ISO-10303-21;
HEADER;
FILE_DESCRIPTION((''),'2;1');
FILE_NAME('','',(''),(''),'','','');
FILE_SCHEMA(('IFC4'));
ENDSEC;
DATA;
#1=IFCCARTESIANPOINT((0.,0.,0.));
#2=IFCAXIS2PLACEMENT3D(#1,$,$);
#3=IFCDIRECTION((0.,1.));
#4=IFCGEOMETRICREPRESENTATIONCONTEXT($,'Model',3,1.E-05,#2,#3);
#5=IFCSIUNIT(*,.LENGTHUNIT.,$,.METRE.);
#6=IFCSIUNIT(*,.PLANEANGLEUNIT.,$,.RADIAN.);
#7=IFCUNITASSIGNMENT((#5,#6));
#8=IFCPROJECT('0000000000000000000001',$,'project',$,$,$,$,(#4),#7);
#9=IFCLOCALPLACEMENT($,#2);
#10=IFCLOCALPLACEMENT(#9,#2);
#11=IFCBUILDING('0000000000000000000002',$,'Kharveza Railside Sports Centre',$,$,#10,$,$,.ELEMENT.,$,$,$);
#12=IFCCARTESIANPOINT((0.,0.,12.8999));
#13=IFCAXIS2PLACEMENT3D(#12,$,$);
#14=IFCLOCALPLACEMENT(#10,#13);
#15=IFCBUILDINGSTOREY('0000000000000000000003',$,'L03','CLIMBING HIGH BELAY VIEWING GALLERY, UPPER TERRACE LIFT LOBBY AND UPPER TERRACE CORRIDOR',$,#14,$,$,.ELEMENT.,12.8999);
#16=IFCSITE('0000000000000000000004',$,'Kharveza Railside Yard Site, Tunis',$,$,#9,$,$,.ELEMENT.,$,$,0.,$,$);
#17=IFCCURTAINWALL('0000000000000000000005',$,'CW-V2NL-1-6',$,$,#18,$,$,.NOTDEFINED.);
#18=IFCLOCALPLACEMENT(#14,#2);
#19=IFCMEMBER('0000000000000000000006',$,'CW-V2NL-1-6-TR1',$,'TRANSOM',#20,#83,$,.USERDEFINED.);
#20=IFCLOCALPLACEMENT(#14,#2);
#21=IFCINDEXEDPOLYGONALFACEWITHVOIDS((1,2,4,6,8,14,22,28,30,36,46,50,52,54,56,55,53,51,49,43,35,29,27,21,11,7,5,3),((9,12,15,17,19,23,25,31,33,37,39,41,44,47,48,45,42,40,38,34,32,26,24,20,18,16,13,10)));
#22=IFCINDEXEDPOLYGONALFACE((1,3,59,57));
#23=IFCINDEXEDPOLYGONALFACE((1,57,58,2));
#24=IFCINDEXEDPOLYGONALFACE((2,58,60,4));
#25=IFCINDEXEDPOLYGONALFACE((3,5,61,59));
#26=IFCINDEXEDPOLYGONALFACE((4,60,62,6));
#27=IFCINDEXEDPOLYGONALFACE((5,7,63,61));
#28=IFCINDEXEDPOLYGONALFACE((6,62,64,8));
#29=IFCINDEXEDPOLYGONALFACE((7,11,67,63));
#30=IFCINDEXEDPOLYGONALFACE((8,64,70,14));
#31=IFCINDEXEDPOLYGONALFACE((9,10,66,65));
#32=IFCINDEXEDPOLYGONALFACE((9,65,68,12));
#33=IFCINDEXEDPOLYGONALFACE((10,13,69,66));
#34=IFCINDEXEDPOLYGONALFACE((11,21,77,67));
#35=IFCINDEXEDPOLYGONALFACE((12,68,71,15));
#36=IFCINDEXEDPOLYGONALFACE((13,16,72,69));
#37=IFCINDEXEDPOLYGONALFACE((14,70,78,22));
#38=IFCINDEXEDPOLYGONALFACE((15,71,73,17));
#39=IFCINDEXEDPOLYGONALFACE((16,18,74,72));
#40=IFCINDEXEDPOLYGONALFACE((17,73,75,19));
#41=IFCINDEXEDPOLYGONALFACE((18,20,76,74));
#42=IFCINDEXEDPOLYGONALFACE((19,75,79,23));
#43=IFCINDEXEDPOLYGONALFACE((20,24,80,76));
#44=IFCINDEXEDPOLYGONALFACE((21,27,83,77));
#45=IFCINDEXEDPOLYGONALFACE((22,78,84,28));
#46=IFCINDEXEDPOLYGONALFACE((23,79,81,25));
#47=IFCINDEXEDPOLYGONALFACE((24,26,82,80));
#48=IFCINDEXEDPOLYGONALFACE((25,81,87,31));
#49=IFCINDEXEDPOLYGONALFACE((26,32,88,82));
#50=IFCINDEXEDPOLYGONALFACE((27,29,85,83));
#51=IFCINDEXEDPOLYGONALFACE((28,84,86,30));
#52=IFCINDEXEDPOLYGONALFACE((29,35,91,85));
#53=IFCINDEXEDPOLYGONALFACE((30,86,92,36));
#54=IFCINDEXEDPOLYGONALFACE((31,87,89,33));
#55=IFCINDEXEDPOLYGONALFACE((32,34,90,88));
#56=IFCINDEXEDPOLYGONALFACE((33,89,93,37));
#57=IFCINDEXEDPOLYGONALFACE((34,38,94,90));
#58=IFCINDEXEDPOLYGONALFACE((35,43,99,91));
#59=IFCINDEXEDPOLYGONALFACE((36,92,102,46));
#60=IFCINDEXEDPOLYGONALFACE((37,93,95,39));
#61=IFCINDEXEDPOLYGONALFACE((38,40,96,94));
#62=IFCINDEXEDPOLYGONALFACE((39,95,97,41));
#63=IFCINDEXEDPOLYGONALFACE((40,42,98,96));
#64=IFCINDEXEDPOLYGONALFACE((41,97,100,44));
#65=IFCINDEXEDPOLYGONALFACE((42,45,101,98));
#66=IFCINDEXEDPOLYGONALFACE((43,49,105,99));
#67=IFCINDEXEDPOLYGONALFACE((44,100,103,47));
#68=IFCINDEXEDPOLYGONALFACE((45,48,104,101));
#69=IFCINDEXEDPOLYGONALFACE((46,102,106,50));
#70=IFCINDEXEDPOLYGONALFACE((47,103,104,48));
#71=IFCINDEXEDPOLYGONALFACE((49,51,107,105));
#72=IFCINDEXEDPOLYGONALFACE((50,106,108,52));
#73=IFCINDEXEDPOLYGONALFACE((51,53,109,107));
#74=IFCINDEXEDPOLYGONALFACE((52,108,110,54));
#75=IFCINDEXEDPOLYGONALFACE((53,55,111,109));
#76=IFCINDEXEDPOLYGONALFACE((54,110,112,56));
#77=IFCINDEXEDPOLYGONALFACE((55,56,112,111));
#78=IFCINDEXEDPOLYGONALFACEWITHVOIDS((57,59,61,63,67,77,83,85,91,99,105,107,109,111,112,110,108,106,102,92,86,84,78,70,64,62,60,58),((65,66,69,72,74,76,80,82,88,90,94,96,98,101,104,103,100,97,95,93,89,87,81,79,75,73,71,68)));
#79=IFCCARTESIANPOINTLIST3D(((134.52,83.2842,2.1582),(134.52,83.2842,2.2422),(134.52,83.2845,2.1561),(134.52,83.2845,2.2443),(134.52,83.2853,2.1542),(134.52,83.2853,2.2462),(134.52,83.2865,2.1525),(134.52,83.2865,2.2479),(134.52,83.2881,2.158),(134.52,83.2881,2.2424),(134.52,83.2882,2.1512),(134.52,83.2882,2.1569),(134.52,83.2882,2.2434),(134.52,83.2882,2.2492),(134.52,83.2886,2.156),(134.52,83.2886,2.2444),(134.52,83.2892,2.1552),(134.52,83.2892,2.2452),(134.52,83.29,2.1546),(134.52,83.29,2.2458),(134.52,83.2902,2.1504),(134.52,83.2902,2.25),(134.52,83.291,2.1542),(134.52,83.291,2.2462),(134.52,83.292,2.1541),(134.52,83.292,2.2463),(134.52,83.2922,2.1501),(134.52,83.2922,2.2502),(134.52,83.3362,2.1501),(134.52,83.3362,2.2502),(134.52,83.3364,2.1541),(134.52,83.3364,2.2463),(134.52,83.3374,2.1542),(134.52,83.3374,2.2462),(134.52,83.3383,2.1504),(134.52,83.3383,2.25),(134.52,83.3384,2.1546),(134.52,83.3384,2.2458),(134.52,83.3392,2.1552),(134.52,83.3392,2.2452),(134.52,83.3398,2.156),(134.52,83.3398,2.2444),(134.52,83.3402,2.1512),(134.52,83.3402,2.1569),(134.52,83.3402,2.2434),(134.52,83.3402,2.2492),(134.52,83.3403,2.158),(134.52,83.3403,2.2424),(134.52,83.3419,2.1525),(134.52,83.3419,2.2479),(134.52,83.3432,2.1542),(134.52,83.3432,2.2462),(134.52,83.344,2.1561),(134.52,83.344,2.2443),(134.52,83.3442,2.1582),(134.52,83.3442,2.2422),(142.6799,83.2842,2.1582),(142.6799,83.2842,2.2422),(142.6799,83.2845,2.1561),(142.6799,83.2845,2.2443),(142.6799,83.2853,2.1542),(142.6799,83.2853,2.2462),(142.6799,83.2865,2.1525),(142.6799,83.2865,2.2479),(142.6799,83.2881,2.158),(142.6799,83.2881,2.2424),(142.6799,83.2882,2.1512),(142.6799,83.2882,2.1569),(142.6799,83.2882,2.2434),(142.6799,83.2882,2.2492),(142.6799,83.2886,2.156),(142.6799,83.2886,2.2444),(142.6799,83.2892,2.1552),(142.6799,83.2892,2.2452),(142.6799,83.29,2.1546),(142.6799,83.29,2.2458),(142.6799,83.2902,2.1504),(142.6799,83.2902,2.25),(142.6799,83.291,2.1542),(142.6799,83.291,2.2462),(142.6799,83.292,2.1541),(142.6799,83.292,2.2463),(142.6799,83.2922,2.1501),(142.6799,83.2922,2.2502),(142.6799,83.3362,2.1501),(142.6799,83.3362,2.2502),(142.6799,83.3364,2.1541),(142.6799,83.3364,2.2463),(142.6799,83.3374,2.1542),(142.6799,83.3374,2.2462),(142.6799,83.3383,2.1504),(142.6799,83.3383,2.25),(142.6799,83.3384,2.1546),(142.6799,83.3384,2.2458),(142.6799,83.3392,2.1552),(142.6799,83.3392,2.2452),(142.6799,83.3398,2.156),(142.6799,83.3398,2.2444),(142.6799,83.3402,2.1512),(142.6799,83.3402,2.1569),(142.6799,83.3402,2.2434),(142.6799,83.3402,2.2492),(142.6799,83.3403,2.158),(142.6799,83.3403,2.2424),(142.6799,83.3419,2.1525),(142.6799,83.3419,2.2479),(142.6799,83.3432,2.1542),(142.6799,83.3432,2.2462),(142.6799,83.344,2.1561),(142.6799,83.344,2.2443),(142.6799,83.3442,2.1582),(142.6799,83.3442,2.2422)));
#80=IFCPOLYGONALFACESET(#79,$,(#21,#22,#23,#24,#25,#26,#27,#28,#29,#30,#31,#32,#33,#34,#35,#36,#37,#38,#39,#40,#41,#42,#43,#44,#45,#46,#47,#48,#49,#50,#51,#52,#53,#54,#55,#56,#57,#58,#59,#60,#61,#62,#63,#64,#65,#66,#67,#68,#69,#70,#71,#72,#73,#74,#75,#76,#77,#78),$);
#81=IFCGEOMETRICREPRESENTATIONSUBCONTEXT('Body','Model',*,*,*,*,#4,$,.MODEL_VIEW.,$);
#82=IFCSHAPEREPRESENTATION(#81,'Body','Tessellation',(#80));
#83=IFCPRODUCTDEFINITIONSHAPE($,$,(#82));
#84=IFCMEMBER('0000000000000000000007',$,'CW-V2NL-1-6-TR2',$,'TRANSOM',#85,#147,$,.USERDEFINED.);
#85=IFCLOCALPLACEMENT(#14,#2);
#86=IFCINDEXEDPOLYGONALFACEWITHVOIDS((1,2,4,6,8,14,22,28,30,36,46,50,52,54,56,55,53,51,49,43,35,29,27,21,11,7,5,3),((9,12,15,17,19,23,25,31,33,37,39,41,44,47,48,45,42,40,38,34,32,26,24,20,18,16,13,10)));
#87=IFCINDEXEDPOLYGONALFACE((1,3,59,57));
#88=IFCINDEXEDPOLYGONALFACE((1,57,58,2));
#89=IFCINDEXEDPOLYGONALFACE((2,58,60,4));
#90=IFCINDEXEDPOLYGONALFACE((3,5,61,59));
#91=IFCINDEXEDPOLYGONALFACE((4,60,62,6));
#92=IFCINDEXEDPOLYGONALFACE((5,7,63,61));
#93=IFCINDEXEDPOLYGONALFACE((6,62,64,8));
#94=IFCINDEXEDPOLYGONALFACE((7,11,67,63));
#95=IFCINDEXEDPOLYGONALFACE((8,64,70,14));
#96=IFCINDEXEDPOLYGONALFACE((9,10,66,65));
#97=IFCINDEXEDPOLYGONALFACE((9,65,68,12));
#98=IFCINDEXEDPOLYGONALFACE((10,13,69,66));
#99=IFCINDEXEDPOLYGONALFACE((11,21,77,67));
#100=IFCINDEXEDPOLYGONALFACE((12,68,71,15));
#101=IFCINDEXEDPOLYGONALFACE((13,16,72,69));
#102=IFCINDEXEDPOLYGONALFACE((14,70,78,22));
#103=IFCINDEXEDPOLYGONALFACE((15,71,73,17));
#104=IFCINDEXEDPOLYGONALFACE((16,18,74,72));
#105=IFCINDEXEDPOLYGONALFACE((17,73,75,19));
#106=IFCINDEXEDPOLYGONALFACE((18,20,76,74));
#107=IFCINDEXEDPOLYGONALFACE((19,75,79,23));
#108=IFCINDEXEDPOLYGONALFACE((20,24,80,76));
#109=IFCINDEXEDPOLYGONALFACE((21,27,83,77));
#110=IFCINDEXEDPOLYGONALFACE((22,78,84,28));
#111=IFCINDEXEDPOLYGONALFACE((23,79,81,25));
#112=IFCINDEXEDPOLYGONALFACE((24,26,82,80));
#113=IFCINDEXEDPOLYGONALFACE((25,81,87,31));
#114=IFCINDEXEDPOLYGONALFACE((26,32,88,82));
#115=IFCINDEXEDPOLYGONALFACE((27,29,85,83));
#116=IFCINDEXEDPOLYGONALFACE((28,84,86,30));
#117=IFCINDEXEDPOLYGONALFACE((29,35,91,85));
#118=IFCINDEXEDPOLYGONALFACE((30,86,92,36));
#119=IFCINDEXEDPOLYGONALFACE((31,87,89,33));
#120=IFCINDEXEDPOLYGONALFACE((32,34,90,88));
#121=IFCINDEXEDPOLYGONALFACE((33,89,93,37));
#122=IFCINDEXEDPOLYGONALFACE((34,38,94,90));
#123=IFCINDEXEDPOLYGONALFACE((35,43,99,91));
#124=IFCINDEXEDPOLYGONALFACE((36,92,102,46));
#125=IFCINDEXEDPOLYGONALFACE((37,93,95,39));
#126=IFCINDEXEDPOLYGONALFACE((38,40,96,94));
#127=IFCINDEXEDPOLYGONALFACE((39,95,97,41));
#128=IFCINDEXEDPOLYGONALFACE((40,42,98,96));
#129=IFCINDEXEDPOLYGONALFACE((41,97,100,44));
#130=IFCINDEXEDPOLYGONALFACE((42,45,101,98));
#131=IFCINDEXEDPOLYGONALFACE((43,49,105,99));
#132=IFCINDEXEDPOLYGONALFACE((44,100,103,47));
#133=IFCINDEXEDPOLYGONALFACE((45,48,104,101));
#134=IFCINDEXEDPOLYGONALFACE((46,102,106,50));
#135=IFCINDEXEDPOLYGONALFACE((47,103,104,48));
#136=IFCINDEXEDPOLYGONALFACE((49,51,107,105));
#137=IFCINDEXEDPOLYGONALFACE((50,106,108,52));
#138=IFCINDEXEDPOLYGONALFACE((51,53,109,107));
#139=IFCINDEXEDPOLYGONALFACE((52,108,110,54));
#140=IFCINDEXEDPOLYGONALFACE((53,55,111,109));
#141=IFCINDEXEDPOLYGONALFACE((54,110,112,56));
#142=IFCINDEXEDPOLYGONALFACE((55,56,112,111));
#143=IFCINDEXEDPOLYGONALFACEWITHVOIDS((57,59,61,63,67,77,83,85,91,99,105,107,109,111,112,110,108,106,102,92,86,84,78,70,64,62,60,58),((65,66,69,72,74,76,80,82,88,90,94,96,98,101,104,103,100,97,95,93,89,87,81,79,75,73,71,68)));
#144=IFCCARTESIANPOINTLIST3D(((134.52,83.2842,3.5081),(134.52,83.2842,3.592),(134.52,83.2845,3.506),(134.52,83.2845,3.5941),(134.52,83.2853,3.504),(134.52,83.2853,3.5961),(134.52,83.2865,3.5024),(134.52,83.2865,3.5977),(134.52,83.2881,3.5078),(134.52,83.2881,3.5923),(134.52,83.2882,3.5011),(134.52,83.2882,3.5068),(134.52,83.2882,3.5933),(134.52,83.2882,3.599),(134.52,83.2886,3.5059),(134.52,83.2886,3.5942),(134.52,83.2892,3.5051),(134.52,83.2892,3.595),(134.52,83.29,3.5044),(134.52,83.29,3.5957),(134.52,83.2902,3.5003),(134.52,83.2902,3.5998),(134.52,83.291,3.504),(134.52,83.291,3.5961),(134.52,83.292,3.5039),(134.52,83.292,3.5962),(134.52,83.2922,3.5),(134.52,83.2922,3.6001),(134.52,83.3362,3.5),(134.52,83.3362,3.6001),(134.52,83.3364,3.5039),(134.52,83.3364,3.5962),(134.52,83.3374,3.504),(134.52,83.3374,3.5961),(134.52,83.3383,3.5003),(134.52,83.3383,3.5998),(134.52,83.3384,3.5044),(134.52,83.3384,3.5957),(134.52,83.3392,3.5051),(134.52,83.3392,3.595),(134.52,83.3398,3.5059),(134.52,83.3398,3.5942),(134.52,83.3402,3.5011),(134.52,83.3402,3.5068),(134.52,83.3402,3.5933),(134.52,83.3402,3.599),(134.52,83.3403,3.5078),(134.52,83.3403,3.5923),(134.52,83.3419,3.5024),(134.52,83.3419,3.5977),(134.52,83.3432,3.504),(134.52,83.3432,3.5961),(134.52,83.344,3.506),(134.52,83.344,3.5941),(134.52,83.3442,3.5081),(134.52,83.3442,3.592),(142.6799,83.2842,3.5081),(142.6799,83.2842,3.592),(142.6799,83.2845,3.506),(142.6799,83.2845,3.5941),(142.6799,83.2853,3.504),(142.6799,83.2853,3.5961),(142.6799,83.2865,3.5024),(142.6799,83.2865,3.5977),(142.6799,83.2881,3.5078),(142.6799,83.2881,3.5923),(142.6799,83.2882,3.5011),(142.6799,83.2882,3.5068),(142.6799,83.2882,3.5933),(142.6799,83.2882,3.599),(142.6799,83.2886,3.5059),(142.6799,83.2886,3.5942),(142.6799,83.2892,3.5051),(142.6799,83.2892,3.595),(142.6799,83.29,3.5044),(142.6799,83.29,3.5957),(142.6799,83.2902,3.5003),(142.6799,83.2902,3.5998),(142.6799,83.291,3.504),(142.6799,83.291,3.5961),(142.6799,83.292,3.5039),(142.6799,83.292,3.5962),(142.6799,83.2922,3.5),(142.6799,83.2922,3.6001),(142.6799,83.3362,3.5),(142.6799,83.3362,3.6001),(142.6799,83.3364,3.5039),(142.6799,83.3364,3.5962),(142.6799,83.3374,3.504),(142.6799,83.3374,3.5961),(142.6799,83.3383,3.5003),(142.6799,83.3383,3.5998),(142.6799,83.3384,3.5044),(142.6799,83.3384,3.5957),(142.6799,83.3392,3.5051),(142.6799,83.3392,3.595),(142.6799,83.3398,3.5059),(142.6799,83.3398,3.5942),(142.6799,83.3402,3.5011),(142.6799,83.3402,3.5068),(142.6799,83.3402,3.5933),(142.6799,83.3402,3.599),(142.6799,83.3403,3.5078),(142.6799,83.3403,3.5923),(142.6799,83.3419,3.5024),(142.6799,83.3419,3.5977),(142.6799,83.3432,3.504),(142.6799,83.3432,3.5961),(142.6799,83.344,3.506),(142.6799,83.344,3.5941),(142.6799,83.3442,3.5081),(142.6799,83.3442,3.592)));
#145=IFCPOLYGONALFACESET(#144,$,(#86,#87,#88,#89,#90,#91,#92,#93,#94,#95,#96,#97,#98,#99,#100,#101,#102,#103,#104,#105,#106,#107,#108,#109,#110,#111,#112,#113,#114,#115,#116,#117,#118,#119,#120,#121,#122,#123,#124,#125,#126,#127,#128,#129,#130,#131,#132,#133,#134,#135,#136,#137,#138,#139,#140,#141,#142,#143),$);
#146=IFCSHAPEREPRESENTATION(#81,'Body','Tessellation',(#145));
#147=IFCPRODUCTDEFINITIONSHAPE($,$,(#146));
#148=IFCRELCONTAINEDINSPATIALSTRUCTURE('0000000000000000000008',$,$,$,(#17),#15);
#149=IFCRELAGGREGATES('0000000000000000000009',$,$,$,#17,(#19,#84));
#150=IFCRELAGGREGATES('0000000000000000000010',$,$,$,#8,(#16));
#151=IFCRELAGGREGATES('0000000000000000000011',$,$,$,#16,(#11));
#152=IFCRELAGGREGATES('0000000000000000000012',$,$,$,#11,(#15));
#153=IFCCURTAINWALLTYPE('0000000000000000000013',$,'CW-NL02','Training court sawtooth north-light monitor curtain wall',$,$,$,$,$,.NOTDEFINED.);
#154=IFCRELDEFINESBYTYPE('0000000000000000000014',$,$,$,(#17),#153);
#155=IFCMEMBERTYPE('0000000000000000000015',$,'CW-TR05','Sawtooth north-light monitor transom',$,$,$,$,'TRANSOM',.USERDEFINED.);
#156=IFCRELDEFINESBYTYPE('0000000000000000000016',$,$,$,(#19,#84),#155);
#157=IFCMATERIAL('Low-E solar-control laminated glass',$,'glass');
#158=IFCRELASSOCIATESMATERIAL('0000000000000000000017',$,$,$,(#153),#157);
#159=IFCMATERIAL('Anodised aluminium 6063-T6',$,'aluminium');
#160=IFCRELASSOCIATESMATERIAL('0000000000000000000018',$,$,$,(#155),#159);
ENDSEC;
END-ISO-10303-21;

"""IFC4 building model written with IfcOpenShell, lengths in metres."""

from ifc_helpers import new_model, si_unit, direction, frame, origin, origin_2d, place, context, subcontext, project, spatial, hollow_rectangle, extrude, material, material_profile, profile_set, type_object, element, aggregate, save


model = new_model("IFC4")

# Units and contexts
model_context = context("Model", 3, precision=1e-05, world=origin(), true_north=direction((0.0, 1.0)))
body_context = subcontext(model_context, "Body", "Model", "MODEL_VIEW")
ifc_project = project(units=[si_unit("LENGTHUNIT", "METRE"), si_unit("PLANEANGLEUNIT", "RADIAN")], contexts=[model_context])

# Site, building, storey
site_placement = place(None, origin())
site = spatial("IfcSite", under=ifc_project, at=site_placement, Name="Kharveza Railside Yard Site, Tunis", CompositionType="ELEMENT", RefElevation=0.0)
building_placement = place(site_placement, origin())
building = spatial("IfcBuilding", under=site, at=building_placement, Name="Kharveza Railside Sports Centre", CompositionType="ELEMENT")
storey_placement = place(building_placement, frame((0.0, 0.0, 12.8999)))
storey = spatial("IfcBuildingStorey", under=building, at=storey_placement, Name="L03", Description="CLIMBING HIGH BELAY VIEWING GALLERY, UPPER TERRACE LIFT LOBBY AND UPPER TERRACE CORRIDOR", CompositionType="ELEMENT", Elevation=12.8999)

# Curtain wall, members
ifc_material_1 = material(Name="Low-E solar-control laminated glass", Category="glass")
curtain_wall_type = type_object("IfcCurtainWallType", Name="CW-NL02", Description="Training court sawtooth north-light monitor curtain wall", PredefinedType="NOTDEFINED", material=ifc_material_1)
ifc_material_2 = material(Name="Anodised aluminium 6063-T6", Category="aluminium")
curtain_wall_1_placement = place(storey_placement, origin())
curtain_wall_1 = element("IfcCurtainWall", 1, at=curtain_wall_1_placement, inside=storey, type_object=curtain_wall_type, Name="CW-V2NL-1-6", PredefinedType="NOTDEFINED")
ifc_material_profile_1 = material_profile(ifc_material_2, hollow_rectangle(XDim=0.0601, YDim=0.1001, WallThickness=0.0039, InnerFilletRadius=0.0039, OuterFilletRadius=0.0081, at=origin_2d()), Name="RHS 60x100x4.0")
ifc_profile_set_1 = profile_set([ifc_material_profile_1], Name="Anodised aluminium 6063-T6")
member_type_1 = type_object("IfcMemberType", Name="CW-TR05", Description="Sawtooth north-light monitor transom", ElementType="TRANSOM", PredefinedType="USERDEFINED", material=ifc_profile_set_1)
member_1_placement = place(storey_placement, frame((134.52, 83.3142, 2.2002), z_axis=(1.0, 0.0, 0.0), x_axis=(0.0, 1.0, 0.0)))
member_1 = element("IfcMember", 2, at=member_1_placement, type_object=member_type_1, Name="CW-V2NL-1-6-TR1", ObjectType="TRANSOM", PredefinedType="USERDEFINED", context=body_context, shape_type="SweptSolid", body=[
    extrude(hollow_rectangle(XDim=0.0601, YDim=0.1001, WallThickness=0.0039, InnerFilletRadius=0.0039, OuterFilletRadius=0.0081, at=origin_2d()), origin(), (0.0, 0.0, 1.0), 8.1599),
])
member_2_placement = place(storey_placement, frame((134.52, 83.3142, 3.55), z_axis=(1.0, 0.0, 0.0), x_axis=(0.0, 1.0, 0.0)))
member_2 = element("IfcMember", 3, at=member_2_placement, type_object=member_type_1, Name="CW-V2NL-1-6-TR2", ObjectType="TRANSOM", PredefinedType="USERDEFINED", context=body_context, shape_type="SweptSolid", body=[
    extrude(hollow_rectangle(XDim=0.0601, YDim=0.1001, WallThickness=0.0039, InnerFilletRadius=0.0039, OuterFilletRadius=0.0081, at=origin_2d()), origin(), (0.0, 0.0, 1.0), 8.1599),
])

aggregate(curtain_wall_1, [member_1, member_2])

save(model, "model.ifc")
